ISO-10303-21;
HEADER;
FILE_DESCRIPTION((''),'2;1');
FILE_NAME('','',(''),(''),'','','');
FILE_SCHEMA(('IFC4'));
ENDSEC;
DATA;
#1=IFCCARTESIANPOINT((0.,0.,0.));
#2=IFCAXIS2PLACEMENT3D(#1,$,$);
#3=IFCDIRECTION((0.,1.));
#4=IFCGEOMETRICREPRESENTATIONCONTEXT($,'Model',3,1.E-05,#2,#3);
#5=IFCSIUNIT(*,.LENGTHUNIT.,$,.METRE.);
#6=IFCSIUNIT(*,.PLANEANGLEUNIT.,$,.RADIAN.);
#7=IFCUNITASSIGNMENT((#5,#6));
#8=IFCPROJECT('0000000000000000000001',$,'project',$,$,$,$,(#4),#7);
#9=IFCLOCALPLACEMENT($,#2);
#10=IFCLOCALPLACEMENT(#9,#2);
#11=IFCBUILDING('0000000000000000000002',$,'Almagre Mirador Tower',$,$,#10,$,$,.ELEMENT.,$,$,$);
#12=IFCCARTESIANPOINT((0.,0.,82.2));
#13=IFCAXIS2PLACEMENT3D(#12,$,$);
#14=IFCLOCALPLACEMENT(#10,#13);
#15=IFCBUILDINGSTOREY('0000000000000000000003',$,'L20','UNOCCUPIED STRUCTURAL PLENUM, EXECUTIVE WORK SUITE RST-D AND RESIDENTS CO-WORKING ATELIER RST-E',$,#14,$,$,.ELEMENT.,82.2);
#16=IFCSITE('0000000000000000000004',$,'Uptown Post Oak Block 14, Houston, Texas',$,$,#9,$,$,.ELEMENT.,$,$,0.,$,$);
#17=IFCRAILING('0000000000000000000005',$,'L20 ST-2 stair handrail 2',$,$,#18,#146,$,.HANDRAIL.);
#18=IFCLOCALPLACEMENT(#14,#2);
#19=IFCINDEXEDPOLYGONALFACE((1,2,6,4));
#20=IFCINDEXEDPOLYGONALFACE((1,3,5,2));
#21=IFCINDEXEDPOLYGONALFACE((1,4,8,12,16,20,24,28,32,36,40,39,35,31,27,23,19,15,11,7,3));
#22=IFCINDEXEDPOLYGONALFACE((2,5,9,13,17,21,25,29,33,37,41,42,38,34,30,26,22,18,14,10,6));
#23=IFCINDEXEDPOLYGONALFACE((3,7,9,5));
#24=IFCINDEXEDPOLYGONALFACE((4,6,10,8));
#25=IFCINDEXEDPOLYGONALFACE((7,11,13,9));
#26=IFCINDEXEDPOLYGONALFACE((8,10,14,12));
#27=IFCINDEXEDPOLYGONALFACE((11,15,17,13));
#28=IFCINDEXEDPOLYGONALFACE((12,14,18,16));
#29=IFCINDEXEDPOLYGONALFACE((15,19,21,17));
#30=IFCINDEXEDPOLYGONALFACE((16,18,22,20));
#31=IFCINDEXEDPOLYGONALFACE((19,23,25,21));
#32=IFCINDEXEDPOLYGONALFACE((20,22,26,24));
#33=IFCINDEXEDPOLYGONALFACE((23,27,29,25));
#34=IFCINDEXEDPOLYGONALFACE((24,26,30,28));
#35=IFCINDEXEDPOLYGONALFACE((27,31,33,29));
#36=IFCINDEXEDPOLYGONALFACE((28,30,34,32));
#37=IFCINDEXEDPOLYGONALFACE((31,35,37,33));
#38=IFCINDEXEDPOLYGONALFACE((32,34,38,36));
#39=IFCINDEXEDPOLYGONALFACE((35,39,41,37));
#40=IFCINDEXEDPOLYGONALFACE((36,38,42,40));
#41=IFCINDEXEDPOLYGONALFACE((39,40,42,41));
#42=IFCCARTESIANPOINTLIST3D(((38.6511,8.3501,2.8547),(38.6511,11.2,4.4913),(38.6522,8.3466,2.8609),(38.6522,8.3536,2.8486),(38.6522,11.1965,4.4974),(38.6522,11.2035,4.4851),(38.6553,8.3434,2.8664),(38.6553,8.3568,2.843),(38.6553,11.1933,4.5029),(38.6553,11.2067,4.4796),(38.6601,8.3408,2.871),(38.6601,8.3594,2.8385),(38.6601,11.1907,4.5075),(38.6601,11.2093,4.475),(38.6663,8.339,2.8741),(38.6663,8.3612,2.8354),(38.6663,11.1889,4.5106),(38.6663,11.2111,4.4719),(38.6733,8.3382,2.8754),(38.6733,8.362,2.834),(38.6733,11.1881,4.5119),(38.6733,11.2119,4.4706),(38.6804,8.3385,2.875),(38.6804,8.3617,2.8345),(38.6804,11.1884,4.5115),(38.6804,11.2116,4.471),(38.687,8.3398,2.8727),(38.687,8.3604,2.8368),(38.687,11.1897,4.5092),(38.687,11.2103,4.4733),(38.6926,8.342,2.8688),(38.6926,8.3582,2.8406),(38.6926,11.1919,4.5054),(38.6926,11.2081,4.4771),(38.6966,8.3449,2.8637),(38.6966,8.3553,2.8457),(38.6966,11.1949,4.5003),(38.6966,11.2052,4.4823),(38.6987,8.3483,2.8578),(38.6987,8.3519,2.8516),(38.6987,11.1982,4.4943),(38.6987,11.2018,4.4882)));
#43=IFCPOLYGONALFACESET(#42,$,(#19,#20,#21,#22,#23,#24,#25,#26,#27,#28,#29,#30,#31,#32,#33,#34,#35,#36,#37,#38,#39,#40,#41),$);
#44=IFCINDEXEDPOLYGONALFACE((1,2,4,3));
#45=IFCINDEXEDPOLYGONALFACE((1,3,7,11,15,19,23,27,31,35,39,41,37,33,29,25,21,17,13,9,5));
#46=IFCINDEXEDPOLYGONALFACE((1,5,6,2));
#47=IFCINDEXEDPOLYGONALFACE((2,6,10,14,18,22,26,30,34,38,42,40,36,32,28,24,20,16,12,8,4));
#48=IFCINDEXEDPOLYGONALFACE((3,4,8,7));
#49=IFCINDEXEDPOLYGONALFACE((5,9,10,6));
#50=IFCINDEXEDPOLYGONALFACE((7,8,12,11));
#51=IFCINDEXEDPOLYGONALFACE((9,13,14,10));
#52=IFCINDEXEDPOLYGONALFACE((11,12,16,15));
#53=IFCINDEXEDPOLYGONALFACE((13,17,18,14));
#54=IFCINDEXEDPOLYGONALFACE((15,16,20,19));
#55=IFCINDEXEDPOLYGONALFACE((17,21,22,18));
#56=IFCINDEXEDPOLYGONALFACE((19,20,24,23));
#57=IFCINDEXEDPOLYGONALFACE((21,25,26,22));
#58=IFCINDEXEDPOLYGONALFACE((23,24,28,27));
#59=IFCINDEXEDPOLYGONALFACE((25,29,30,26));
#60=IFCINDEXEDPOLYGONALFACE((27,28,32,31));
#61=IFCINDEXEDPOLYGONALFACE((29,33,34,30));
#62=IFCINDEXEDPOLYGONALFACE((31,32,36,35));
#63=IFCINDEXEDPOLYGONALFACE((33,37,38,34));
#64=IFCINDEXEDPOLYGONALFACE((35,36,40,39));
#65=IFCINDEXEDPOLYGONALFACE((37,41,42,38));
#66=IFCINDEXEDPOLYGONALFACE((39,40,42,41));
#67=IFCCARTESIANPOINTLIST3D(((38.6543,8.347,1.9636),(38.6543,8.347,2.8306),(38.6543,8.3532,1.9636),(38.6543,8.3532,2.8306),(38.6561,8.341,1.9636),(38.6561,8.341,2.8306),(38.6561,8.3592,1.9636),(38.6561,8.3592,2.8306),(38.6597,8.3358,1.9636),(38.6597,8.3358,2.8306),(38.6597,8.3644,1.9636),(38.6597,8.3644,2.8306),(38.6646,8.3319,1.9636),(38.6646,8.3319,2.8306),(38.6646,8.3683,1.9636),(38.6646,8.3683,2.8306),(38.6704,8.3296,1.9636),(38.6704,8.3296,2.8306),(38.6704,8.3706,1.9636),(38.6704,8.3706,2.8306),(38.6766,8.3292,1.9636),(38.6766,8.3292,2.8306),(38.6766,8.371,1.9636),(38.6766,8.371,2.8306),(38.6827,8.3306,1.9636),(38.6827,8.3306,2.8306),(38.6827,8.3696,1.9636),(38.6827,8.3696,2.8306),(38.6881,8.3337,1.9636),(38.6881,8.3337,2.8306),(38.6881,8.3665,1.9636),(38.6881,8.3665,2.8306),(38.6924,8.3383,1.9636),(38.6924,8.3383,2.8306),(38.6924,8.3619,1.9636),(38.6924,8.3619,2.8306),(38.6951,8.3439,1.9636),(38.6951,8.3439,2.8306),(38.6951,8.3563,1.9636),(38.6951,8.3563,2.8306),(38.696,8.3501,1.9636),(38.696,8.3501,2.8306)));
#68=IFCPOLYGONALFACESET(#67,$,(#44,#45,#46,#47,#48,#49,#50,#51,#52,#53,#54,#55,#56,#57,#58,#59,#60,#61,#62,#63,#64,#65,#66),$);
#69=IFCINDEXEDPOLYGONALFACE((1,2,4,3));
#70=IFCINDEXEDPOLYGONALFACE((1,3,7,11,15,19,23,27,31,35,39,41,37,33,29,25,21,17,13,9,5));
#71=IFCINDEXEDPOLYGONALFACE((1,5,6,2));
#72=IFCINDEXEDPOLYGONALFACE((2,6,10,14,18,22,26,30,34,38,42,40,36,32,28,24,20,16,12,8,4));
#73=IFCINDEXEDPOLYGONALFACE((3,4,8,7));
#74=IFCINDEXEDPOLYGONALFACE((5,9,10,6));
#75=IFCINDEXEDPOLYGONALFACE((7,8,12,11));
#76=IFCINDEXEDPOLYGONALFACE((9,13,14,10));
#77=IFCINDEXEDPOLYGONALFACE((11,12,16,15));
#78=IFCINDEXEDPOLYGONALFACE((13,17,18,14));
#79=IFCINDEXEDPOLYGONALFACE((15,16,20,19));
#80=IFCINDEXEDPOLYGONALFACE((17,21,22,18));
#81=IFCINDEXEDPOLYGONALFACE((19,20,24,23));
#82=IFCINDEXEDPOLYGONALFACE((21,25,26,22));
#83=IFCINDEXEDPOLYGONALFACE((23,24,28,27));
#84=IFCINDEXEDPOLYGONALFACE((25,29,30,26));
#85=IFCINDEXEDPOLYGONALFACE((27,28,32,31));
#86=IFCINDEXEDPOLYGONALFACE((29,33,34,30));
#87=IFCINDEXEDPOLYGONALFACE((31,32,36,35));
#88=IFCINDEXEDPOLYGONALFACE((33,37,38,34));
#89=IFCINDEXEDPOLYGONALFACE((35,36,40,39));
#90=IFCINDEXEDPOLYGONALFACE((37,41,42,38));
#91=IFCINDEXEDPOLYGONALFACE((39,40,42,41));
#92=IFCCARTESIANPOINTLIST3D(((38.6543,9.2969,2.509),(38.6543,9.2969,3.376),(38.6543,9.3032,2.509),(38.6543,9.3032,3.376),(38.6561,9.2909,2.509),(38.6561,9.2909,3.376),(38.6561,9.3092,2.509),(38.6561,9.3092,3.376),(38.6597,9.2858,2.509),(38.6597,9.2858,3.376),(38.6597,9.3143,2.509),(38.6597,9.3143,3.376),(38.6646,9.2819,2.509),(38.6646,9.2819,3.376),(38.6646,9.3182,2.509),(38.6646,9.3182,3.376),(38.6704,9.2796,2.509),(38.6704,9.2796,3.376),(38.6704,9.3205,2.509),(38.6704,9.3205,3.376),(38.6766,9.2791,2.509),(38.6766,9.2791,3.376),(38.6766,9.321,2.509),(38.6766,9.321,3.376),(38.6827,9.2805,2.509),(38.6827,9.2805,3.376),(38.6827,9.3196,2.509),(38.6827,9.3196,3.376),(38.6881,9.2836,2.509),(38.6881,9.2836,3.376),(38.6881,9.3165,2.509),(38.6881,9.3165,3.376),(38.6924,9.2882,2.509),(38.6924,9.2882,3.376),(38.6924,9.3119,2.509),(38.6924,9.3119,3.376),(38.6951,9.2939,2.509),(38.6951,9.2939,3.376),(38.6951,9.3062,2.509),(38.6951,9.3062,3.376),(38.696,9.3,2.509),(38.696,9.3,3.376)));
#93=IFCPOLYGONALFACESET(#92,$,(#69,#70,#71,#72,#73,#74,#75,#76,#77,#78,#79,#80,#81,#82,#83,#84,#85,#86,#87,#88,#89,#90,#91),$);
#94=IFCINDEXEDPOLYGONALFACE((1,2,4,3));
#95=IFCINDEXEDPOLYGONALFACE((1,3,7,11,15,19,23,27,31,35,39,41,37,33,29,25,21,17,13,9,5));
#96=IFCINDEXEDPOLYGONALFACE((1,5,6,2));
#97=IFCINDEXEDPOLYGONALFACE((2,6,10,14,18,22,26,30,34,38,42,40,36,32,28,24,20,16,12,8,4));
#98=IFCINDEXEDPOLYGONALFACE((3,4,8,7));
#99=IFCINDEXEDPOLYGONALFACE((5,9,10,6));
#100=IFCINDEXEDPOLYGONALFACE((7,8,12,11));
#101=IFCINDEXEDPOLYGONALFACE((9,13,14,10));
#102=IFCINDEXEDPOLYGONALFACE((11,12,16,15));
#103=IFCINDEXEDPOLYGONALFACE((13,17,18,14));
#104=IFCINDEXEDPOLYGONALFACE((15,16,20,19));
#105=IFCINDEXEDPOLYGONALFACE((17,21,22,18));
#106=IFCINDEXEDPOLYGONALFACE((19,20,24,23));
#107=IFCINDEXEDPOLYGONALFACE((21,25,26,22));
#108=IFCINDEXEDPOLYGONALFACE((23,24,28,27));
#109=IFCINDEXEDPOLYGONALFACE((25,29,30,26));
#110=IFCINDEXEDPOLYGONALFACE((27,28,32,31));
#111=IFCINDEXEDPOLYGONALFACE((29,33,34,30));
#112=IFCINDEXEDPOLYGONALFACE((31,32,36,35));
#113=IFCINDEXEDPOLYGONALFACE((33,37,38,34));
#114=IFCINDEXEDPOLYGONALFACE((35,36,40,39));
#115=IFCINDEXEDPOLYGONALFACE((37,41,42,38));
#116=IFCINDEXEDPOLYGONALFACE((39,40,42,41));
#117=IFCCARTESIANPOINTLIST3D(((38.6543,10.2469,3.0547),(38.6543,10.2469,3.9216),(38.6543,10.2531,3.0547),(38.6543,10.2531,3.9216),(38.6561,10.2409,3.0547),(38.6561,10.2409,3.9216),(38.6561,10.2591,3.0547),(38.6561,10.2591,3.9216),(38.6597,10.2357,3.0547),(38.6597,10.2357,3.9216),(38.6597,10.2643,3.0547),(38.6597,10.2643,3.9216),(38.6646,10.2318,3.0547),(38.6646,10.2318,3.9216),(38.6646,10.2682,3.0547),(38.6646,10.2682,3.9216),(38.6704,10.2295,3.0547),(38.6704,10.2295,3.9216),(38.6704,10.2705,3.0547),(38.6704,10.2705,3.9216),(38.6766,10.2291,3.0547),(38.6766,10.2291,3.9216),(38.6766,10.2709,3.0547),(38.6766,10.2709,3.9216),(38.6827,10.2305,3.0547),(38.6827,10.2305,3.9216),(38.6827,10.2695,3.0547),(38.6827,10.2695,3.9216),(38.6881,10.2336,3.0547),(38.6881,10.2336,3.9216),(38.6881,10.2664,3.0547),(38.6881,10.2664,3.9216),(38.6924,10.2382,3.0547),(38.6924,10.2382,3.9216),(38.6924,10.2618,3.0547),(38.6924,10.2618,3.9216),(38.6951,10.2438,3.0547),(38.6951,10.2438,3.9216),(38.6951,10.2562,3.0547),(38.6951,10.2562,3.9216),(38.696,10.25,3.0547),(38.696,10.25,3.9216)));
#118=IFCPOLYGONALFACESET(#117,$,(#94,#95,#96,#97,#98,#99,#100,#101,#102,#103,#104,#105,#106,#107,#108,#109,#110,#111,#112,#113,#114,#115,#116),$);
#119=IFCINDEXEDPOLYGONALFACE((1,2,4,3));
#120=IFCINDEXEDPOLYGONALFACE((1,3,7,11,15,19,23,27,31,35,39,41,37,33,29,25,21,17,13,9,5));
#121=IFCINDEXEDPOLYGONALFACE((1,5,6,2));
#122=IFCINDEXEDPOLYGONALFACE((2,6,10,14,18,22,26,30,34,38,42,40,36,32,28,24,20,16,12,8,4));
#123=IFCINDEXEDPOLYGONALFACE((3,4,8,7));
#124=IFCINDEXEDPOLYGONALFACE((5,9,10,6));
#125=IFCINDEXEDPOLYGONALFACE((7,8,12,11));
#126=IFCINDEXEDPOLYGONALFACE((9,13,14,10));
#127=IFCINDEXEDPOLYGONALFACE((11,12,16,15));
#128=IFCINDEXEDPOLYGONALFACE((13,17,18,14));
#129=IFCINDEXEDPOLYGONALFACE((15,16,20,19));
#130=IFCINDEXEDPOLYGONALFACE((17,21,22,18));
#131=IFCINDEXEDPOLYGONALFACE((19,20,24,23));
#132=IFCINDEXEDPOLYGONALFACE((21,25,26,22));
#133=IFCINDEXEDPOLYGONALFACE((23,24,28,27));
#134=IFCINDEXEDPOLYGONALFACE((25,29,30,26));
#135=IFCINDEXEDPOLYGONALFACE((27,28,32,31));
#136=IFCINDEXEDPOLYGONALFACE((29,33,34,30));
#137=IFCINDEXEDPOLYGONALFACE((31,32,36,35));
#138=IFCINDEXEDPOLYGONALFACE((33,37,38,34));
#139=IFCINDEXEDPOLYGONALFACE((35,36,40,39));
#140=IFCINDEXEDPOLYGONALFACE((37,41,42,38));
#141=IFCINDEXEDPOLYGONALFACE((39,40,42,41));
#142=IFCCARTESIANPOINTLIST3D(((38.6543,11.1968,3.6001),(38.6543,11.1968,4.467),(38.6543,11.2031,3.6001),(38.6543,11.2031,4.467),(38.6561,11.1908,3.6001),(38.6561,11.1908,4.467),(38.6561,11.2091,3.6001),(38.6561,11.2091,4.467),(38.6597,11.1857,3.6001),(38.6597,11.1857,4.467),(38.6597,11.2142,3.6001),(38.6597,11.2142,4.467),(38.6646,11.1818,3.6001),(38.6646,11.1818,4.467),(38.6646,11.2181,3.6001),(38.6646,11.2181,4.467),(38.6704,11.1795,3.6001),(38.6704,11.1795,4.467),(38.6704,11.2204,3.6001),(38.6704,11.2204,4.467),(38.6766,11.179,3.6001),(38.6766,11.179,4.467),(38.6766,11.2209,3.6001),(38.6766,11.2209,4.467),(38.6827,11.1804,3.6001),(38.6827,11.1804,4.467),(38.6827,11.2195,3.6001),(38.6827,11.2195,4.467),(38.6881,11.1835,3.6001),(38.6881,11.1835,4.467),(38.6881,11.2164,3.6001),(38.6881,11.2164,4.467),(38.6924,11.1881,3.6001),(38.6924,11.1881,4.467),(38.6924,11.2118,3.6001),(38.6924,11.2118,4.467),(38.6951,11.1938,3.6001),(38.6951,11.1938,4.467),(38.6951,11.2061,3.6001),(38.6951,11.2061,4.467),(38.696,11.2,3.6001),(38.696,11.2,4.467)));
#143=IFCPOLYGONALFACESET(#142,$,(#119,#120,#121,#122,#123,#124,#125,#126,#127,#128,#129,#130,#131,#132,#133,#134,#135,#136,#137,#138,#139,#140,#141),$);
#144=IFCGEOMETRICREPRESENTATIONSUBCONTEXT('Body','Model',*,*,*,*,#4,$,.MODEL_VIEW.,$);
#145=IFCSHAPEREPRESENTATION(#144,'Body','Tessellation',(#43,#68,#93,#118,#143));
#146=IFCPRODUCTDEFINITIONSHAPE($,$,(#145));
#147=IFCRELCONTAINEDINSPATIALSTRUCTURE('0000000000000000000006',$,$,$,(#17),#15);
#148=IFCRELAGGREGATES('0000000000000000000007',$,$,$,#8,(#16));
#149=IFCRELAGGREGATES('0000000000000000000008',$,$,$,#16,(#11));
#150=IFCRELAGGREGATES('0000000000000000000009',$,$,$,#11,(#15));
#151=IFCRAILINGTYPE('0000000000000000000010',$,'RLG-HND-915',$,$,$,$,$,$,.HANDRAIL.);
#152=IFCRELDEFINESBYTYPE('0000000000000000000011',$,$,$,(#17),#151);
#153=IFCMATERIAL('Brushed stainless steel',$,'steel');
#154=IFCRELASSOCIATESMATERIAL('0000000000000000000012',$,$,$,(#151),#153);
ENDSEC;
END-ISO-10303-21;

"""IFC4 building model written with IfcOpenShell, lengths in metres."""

from ifc_helpers import new_model, si_unit, direction, frame, origin, origin_2d, place, context, subcontext, project, spatial, circle, extrude, material, type_object, element, save


model = new_model("IFC4")

# Units and contexts
model_context = context("Model", 3, precision=1e-05, world=origin(), true_north=direction((0.0, 1.0)))
body_context = subcontext(model_context, "Body", "Model", "MODEL_VIEW")
ifc_project = project(units=[si_unit("LENGTHUNIT", "METRE"), si_unit("PLANEANGLEUNIT", "RADIAN")], contexts=[model_context])

# Site, building, storey
site_placement = place(None, origin())
site = spatial("IfcSite", under=ifc_project, at=site_placement, Name="Uptown Post Oak Block 14, Houston, Texas", CompositionType="ELEMENT", RefElevation=0.0)
building_placement = place(site_placement, origin())
building = spatial("IfcBuilding", under=site, at=building_placement, Name="Almagre Mirador Tower", CompositionType="ELEMENT")
storey_placement = place(building_placement, frame((0.0, 0.0, 82.2)))
storey = spatial("IfcBuildingStorey", under=building, at=storey_placement, Name="L20", Description="UNOCCUPIED STRUCTURAL PLENUM, EXECUTIVE WORK SUITE RST-D AND RESIDENTS CO-WORKING ATELIER RST-E", CompositionType="ELEMENT", Elevation=82.2)

# Railing
ifc_material_1 = material(Name="Brushed stainless steel", Category="steel")
railing_type_1 = type_object("IfcRailingType", Name="RLG-HND-915", PredefinedType="HANDRAIL", material=ifc_material_1)
railing_1_placement = place(storey_placement, frame((38.675, 8.3501, 1.9636)))
element("IfcRailing", 1, at=railing_1_placement, inside=storey, type_object=railing_type_1, Name="L20 ST-2 stair handrail 2", PredefinedType="HANDRAIL", context=body_context, shape_type="SweptSolid", body=[
    extrude(circle(Radius=0.0239, at=origin_2d()), frame((0.0, 0.0, 0.8911), z_axis=(0.0, 0.867194, 0.49797), x_axis=(-1.0, 0.0, 0.0)), (0.0, 0.0, 1.0), 3.2864),
    extrude(circle(Radius=0.021, at=origin_2d()), origin(), (0.0, 0.0, 1.0), 0.8669),
    extrude(circle(Radius=0.021, at=origin_2d()), frame((0.0, 0.95, 0.5454)), (0.0, 0.0, 1.0), 0.8669),
    extrude(circle(Radius=0.021, at=origin_2d()), frame((0.0, 1.8999, 1.0911)), (0.0, 0.0, 1.0), 0.8669),
    extrude(circle(Radius=0.021, at=origin_2d()), frame((0.0, 2.8499, 1.6365)), (0.0, 0.0, 1.0), 0.8669),
])

save(model, "model.ifc")
